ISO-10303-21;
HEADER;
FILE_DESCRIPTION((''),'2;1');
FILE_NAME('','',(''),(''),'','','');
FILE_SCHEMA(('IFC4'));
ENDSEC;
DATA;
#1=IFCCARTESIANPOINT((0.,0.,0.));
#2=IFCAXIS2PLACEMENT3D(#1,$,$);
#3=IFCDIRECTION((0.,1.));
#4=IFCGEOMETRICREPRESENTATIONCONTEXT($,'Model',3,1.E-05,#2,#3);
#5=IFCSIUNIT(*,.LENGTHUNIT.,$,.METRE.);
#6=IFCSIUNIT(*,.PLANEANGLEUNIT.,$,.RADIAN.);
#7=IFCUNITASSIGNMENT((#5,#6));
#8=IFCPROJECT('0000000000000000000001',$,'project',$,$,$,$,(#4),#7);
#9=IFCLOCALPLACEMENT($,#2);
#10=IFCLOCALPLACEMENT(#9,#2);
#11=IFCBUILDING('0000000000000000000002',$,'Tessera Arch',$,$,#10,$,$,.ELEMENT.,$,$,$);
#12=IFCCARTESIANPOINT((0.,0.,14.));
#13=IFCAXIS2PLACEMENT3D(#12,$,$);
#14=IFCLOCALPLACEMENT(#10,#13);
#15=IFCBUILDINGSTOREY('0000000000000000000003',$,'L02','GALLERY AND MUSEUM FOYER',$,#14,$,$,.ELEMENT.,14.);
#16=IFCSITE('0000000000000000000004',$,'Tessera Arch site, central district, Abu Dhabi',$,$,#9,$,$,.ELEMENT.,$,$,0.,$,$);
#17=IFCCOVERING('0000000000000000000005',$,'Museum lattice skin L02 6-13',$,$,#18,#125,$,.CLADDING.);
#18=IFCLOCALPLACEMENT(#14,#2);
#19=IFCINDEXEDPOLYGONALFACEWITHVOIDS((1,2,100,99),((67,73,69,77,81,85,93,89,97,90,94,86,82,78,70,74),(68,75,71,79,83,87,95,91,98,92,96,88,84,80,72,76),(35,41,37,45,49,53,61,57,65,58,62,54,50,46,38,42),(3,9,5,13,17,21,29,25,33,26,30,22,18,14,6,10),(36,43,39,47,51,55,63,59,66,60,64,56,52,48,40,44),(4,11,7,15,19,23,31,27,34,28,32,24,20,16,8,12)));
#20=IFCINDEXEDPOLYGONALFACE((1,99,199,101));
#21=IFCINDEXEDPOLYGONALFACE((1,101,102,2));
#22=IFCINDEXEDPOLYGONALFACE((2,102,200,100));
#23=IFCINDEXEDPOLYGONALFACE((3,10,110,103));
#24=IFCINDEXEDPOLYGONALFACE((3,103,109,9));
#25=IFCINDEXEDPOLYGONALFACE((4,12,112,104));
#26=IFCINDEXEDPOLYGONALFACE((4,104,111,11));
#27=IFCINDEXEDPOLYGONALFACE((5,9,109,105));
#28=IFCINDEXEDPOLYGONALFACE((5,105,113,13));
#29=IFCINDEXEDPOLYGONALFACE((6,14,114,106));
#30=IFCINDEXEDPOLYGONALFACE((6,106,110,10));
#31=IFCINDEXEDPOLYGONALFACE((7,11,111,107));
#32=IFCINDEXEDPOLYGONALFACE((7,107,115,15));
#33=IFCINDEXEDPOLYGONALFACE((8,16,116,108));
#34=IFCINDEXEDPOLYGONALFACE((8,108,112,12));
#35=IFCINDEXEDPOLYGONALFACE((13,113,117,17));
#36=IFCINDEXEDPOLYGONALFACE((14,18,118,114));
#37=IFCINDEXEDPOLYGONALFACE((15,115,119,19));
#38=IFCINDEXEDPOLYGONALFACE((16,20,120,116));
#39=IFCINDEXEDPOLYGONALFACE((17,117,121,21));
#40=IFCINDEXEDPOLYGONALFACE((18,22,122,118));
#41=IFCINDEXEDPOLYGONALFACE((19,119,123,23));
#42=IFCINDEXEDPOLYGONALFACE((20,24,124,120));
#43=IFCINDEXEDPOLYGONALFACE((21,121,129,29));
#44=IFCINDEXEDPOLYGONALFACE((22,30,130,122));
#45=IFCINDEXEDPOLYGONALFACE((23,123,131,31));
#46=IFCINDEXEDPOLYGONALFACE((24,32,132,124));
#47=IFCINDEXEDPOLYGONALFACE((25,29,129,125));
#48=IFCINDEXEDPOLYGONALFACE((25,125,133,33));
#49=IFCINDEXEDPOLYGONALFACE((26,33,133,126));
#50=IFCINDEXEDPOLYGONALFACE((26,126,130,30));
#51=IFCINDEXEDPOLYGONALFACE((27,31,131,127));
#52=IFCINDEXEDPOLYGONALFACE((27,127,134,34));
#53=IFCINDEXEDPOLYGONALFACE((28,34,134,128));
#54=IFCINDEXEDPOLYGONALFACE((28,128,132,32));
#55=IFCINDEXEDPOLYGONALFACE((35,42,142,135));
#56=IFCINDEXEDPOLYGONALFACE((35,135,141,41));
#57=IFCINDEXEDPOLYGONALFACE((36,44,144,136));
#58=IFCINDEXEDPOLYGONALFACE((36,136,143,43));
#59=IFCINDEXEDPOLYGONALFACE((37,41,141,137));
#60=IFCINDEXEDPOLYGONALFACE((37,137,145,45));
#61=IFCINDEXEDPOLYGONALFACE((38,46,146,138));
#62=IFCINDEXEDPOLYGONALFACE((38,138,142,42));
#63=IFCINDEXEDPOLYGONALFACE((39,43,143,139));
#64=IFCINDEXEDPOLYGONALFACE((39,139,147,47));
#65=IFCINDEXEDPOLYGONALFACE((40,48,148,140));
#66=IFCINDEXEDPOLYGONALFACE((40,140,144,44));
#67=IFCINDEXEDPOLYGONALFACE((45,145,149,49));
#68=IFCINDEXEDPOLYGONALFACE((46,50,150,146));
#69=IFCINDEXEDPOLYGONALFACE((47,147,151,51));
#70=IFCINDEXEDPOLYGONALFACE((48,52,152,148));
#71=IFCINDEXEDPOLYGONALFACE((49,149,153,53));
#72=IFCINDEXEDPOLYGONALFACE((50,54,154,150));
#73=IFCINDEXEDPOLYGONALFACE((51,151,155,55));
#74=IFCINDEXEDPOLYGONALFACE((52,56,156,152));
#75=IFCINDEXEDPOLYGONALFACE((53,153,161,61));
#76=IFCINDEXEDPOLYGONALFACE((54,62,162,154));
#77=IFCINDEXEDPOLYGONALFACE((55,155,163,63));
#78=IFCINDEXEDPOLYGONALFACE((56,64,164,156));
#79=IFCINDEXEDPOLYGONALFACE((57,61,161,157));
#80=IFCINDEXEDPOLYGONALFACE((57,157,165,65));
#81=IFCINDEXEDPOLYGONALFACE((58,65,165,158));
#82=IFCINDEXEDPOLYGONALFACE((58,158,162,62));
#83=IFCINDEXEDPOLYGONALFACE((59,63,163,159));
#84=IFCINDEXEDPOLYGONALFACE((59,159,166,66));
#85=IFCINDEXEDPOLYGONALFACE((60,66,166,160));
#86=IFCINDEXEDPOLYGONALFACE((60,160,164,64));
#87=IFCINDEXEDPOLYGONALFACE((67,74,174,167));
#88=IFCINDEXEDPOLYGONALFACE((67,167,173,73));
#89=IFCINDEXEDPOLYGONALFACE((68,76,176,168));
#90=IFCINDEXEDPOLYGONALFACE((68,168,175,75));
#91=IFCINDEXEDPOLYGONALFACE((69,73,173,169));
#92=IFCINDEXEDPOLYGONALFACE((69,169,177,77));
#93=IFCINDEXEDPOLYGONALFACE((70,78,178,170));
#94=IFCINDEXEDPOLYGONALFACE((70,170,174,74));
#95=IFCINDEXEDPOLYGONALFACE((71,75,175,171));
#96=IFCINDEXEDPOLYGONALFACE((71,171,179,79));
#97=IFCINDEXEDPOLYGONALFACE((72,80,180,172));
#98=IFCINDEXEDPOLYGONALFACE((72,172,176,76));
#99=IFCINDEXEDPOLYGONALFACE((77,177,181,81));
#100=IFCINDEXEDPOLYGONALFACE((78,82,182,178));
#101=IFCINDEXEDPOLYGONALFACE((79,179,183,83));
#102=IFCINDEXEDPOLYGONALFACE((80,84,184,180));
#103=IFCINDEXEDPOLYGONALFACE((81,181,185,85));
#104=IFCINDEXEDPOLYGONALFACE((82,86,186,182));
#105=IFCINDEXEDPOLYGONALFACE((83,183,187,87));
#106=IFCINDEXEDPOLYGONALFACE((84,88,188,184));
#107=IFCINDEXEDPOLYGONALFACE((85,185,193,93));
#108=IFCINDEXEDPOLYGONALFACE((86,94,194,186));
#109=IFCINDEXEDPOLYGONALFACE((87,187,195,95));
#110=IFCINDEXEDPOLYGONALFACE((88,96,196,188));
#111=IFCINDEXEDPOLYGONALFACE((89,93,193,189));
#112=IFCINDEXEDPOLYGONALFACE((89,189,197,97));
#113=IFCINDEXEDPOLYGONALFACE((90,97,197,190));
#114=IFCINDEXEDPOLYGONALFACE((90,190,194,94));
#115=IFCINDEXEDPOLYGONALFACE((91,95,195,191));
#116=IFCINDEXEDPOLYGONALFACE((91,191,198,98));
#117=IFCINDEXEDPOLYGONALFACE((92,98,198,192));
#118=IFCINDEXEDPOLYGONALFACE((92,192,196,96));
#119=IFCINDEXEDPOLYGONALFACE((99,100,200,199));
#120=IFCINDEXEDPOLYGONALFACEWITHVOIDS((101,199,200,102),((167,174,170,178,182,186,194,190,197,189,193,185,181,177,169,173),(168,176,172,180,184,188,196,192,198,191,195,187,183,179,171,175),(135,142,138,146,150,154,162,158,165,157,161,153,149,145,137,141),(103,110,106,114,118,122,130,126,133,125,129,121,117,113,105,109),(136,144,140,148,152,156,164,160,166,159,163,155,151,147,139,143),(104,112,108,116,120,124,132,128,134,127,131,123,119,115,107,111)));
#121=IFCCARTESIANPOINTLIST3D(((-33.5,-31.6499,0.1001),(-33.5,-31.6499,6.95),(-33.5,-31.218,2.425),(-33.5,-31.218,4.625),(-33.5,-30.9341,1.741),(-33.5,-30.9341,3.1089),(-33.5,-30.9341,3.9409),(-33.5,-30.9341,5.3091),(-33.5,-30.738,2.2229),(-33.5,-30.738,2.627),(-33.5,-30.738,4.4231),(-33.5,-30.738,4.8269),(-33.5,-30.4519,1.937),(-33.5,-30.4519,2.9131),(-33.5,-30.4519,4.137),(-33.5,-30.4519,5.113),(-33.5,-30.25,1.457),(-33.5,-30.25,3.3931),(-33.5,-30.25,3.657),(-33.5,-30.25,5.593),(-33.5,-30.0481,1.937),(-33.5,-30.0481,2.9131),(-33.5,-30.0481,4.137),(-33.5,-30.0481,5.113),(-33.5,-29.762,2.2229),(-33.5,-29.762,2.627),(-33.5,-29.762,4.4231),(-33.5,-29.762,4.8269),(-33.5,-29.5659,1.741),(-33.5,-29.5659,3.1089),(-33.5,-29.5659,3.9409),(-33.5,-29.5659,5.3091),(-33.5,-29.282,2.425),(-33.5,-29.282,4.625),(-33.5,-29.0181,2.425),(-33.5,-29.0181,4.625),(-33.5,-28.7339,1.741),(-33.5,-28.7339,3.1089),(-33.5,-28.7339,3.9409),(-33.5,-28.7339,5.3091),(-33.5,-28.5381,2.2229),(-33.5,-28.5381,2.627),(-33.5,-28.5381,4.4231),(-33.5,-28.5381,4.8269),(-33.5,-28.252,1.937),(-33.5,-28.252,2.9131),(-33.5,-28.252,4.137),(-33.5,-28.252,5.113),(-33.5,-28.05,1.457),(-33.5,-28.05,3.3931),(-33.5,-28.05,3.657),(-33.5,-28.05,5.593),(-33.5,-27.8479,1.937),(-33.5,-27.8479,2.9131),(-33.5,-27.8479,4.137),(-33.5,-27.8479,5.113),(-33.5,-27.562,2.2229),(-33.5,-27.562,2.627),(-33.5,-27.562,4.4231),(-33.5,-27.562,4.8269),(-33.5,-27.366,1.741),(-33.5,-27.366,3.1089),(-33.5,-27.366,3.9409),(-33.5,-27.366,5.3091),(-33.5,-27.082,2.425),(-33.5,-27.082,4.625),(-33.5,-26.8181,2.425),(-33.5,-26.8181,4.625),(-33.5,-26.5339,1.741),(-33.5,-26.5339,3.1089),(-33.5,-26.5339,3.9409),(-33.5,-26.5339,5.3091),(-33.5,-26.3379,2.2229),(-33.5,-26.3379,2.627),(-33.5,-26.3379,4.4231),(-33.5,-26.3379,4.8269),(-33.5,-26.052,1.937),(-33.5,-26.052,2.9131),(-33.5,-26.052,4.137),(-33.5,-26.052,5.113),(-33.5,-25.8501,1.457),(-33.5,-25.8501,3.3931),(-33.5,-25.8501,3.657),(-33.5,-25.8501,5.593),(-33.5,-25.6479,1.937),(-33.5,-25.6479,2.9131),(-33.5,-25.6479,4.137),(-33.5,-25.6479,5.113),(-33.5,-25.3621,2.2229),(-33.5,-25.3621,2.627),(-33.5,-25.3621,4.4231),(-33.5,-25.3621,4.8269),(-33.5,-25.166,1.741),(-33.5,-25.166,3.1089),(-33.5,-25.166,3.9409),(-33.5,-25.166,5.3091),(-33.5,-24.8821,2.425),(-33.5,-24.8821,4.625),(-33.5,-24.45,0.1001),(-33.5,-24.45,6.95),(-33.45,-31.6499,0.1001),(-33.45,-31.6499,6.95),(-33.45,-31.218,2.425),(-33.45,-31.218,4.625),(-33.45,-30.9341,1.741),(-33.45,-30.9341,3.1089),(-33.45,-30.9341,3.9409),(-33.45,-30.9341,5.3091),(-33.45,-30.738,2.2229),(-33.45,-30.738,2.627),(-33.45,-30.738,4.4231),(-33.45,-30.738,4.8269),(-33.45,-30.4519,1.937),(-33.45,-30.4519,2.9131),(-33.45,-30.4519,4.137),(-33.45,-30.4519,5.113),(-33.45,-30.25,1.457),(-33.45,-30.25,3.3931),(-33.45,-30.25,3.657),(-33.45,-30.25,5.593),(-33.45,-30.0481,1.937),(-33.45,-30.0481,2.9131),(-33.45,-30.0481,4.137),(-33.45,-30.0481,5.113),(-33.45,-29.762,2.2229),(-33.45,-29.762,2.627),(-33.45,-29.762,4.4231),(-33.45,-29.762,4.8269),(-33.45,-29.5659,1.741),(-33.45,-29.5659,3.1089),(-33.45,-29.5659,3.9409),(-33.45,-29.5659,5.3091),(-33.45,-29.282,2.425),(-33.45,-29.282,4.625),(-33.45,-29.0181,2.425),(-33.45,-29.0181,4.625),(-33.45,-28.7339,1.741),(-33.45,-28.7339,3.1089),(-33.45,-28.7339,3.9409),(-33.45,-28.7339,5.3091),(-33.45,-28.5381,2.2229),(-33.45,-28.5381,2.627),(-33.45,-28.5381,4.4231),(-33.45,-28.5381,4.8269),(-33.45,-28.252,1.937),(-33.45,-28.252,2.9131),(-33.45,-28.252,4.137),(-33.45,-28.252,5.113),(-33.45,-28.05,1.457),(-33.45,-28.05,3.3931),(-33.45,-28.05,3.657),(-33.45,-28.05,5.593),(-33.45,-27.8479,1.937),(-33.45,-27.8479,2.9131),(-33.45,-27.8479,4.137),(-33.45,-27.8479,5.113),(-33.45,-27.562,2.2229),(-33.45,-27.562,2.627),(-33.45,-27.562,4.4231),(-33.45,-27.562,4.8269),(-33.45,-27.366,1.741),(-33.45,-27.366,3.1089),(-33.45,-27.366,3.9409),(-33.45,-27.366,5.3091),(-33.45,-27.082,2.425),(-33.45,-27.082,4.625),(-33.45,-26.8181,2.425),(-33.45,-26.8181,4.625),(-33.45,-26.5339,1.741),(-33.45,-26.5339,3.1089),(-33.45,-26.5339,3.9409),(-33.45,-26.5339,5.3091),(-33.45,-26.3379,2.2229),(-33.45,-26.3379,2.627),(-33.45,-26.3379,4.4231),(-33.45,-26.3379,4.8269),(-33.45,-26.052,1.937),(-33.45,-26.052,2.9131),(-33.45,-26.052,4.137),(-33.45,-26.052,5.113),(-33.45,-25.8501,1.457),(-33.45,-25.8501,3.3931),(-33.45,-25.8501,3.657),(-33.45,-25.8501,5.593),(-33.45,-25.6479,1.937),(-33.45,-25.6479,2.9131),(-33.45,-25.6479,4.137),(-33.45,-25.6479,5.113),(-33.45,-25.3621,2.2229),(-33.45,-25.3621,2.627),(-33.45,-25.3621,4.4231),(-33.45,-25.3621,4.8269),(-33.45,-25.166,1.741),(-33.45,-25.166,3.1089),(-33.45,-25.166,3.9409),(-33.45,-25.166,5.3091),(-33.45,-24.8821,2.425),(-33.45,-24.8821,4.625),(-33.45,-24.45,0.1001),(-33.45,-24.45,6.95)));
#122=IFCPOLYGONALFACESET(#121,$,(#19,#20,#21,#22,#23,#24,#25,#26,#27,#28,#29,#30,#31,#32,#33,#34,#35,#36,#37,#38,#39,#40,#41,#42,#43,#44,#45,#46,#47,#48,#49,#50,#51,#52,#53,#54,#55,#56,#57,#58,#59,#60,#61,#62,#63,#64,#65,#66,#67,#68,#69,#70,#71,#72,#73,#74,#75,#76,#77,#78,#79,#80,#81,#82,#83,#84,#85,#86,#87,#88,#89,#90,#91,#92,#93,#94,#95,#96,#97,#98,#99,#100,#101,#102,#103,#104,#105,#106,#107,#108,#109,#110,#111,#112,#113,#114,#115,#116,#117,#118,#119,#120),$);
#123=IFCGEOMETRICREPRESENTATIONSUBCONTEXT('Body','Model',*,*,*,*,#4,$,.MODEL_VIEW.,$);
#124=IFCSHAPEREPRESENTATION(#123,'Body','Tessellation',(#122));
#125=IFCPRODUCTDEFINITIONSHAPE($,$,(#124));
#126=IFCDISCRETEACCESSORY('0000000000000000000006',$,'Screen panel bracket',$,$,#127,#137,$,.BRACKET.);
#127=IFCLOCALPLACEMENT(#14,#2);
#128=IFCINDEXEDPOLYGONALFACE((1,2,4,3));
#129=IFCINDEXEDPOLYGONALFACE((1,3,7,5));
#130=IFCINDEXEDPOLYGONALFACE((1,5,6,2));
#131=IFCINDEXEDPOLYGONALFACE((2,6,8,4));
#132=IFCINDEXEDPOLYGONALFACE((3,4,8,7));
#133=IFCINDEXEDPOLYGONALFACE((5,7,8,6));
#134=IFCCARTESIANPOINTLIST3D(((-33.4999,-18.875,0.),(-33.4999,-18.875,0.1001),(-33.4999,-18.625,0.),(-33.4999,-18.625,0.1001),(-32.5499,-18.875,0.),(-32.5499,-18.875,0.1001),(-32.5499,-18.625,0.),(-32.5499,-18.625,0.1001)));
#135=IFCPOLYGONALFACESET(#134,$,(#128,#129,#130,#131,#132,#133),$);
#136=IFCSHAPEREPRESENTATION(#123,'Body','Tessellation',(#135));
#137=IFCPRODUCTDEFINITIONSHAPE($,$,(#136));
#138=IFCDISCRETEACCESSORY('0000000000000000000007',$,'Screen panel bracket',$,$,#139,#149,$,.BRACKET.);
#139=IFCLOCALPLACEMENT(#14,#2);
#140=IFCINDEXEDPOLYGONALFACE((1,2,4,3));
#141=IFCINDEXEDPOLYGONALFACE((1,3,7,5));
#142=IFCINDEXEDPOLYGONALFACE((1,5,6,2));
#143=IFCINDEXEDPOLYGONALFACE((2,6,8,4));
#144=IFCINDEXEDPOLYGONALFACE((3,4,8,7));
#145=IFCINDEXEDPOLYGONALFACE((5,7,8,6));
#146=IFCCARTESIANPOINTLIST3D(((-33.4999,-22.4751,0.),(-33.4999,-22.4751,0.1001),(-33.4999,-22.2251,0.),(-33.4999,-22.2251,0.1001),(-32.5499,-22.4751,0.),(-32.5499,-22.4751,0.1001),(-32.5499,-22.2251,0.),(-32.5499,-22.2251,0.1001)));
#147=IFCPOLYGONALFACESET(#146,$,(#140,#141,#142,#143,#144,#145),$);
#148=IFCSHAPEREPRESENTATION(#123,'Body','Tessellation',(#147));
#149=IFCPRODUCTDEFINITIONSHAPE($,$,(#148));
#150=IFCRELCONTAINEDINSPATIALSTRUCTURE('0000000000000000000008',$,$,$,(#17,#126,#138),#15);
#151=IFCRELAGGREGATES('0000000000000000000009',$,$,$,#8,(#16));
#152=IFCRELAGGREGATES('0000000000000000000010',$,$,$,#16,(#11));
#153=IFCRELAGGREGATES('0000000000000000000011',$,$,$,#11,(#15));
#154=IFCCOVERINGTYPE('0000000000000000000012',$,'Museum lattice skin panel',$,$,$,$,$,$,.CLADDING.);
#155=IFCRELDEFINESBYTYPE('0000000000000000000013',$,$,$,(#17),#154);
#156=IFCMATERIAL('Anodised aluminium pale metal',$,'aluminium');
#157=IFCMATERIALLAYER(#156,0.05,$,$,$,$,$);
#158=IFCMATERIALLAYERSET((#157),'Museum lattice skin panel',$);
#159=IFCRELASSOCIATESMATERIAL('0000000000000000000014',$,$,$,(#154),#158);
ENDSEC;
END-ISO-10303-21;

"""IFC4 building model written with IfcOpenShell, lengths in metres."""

from ifc_helpers import new_model, si_unit, direction, frame, origin, origin_2d, place, context, subcontext, project, spatial, polyline, rectangle, outline, extrude, material, layer, layer_set, type_object, element, save


model = new_model("IFC4")

# Units and contexts
model_context = context("Model", 3, precision=1e-05, world=origin(), true_north=direction((0.0, 1.0)))
body_context = subcontext(model_context, "Body", "Model", "MODEL_VIEW")
ifc_project = project(units=[si_unit("LENGTHUNIT", "METRE"), si_unit("PLANEANGLEUNIT", "RADIAN")], contexts=[model_context])

# Site, building, storey
site_placement = place(None, origin())
site = spatial("IfcSite", under=ifc_project, at=site_placement, Name="Tessera Arch site, central district, Abu Dhabi", CompositionType="ELEMENT", RefElevation=0.0)
building_placement = place(site_placement, origin())
building = spatial("IfcBuilding", under=site, at=building_placement, Name="Tessera Arch", CompositionType="ELEMENT")
storey_placement = place(building_placement, frame((0.0, 0.0, 14.0)))
storey = spatial("IfcBuildingStorey", under=building, at=storey_placement, Name="L02", Description="GALLERY AND MUSEUM FOYER", CompositionType="ELEMENT", Elevation=14.0)

# Covering
ifc_material_1 = material(Name="Anodised aluminium pale metal", Category="aluminium")
ifc_layer_1 = layer(ifc_material_1, 0.05)
ifc_layer_set_1 = layer_set([ifc_layer_1], Name="Museum lattice skin panel")
covering_type = type_object("IfcCoveringType", Name="Museum lattice skin panel", PredefinedType="CLADDING", material=ifc_layer_set_1)
covering_1_placement = place(storey_placement, frame((-33.45, -24.45, 6.95), z_axis=(1.0, 0.0, 0.0), x_axis=(0.0, -1.0, 0.0)))
element("IfcCovering", 1, at=covering_1_placement, inside=storey, type_object=covering_type, Name="Museum lattice skin L02 6-13", PredefinedType="CLADDING", context=body_context, shape_type="SweptSolid", body=[
    extrude(outline(polyline([(0.0, 0.0), (7.2, 0.0), (7.2, 6.8499), (0.0, 6.8499), (0.0, 0.0)]), holes=[polyline([(2.3682, 4.5249), (1.8879, 4.323), (2.084, 3.8411), (1.6021, 4.0369), (1.4001, 3.5569), (1.198, 4.0369), (0.7161, 3.8411), (0.9121, 4.323), (0.4321, 4.5249), (0.9121, 4.7271), (0.7161, 5.209), (1.198, 5.0129), (1.4001, 5.4929), (1.6021, 5.0129), (2.084, 5.209), (1.8879, 4.7271), (2.3682, 4.5249)]), polyline([(2.3682, 2.325), (1.8879, 2.123), (2.084, 1.6409), (1.6021, 1.8369), (1.4001, 1.3569), (1.198, 1.8369), (0.7161, 1.6409), (0.9121, 2.123), (0.4321, 2.325), (0.9121, 2.5269), (0.7161, 3.009), (1.198, 2.813), (1.4001, 3.293), (1.6021, 2.813), (2.084, 3.009), (1.8879, 2.5269), (2.3682, 2.325)]), polyline([(4.5681, 4.5249), (4.0881, 4.323), (4.2839, 3.8411), (3.802, 4.0369), (3.6001, 3.5569), (3.3979, 4.0369), (2.916, 3.8411), (3.1121, 4.323), (2.6321, 4.5249), (3.1121, 4.7271), (2.916, 5.209), (3.3979, 5.0129), (3.6001, 5.4929), (3.802, 5.0129), (4.2839, 5.209), (4.0881, 4.7271), (4.5681, 4.5249)]), polyline([(4.5681, 2.325), (4.0881, 2.123), (4.2839, 1.6409), (3.802, 1.8369), (3.6001, 1.3569), (3.3979, 1.8369), (2.916, 1.6409), (3.1121, 2.123), (2.6321, 2.325), (3.1121, 2.5269), (2.916, 3.009), (3.3979, 2.813), (3.6001, 3.293), (3.802, 2.813), (4.2839, 3.009), (4.0881, 2.5269), (4.5681, 2.325)]), polyline([(6.7681, 4.5249), (6.2881, 4.323), (6.4841, 3.8411), (6.002, 4.0369), (5.8, 3.5569), (5.5981, 4.0369), (5.116, 3.8411), (5.312, 4.323), (4.832, 4.5249), (5.312, 4.7271), (5.116, 5.209), (5.5981, 5.0129), (5.8, 5.4929), (6.002, 5.0129), (6.4841, 5.209), (6.2881, 4.7271), (6.7681, 4.5249)]), polyline([(6.7681, 2.325), (6.2881, 2.123), (6.4841, 1.6409), (6.002, 1.8369), (5.8, 1.3569), (5.5981, 1.8369), (5.116, 1.6409), (5.312, 2.123), (4.832, 2.325), (5.312, 2.5269), (5.116, 3.009), (5.5981, 2.813), (5.8, 3.293), (6.002, 2.813), (6.4841, 3.009), (6.2881, 2.5269), (6.7681, 2.325)])]), origin(), (0.0, 0.0, -1.0), 0.05),
])

# Discrete accessories
for number, where, z_axis, x_axis, name in (
    (2, (-33.0249, -18.75, 0.0), (0.0, 0.0, 1.0), (-1.0, 0.0, 0.0), "Screen panel bracket"),
    (3, (-33.0249, -22.3501, 0.0), (0.0, 0.0, 1.0), (-1.0, 0.0, 0.0), "Screen panel bracket"),
):
    element("IfcDiscreteAccessory", number, at=place(storey_placement, frame(where, z_axis=z_axis, x_axis=x_axis)), inside=storey, Name=name, PredefinedType="BRACKET", context=body_context, shape_type="SweptSolid", body=[
        extrude(rectangle(XDim=0.95, YDim=0.25, at=origin_2d()), origin(), (0.0, 0.0, 1.0), 0.1001),
    ])

save(model, "model.ifc")
